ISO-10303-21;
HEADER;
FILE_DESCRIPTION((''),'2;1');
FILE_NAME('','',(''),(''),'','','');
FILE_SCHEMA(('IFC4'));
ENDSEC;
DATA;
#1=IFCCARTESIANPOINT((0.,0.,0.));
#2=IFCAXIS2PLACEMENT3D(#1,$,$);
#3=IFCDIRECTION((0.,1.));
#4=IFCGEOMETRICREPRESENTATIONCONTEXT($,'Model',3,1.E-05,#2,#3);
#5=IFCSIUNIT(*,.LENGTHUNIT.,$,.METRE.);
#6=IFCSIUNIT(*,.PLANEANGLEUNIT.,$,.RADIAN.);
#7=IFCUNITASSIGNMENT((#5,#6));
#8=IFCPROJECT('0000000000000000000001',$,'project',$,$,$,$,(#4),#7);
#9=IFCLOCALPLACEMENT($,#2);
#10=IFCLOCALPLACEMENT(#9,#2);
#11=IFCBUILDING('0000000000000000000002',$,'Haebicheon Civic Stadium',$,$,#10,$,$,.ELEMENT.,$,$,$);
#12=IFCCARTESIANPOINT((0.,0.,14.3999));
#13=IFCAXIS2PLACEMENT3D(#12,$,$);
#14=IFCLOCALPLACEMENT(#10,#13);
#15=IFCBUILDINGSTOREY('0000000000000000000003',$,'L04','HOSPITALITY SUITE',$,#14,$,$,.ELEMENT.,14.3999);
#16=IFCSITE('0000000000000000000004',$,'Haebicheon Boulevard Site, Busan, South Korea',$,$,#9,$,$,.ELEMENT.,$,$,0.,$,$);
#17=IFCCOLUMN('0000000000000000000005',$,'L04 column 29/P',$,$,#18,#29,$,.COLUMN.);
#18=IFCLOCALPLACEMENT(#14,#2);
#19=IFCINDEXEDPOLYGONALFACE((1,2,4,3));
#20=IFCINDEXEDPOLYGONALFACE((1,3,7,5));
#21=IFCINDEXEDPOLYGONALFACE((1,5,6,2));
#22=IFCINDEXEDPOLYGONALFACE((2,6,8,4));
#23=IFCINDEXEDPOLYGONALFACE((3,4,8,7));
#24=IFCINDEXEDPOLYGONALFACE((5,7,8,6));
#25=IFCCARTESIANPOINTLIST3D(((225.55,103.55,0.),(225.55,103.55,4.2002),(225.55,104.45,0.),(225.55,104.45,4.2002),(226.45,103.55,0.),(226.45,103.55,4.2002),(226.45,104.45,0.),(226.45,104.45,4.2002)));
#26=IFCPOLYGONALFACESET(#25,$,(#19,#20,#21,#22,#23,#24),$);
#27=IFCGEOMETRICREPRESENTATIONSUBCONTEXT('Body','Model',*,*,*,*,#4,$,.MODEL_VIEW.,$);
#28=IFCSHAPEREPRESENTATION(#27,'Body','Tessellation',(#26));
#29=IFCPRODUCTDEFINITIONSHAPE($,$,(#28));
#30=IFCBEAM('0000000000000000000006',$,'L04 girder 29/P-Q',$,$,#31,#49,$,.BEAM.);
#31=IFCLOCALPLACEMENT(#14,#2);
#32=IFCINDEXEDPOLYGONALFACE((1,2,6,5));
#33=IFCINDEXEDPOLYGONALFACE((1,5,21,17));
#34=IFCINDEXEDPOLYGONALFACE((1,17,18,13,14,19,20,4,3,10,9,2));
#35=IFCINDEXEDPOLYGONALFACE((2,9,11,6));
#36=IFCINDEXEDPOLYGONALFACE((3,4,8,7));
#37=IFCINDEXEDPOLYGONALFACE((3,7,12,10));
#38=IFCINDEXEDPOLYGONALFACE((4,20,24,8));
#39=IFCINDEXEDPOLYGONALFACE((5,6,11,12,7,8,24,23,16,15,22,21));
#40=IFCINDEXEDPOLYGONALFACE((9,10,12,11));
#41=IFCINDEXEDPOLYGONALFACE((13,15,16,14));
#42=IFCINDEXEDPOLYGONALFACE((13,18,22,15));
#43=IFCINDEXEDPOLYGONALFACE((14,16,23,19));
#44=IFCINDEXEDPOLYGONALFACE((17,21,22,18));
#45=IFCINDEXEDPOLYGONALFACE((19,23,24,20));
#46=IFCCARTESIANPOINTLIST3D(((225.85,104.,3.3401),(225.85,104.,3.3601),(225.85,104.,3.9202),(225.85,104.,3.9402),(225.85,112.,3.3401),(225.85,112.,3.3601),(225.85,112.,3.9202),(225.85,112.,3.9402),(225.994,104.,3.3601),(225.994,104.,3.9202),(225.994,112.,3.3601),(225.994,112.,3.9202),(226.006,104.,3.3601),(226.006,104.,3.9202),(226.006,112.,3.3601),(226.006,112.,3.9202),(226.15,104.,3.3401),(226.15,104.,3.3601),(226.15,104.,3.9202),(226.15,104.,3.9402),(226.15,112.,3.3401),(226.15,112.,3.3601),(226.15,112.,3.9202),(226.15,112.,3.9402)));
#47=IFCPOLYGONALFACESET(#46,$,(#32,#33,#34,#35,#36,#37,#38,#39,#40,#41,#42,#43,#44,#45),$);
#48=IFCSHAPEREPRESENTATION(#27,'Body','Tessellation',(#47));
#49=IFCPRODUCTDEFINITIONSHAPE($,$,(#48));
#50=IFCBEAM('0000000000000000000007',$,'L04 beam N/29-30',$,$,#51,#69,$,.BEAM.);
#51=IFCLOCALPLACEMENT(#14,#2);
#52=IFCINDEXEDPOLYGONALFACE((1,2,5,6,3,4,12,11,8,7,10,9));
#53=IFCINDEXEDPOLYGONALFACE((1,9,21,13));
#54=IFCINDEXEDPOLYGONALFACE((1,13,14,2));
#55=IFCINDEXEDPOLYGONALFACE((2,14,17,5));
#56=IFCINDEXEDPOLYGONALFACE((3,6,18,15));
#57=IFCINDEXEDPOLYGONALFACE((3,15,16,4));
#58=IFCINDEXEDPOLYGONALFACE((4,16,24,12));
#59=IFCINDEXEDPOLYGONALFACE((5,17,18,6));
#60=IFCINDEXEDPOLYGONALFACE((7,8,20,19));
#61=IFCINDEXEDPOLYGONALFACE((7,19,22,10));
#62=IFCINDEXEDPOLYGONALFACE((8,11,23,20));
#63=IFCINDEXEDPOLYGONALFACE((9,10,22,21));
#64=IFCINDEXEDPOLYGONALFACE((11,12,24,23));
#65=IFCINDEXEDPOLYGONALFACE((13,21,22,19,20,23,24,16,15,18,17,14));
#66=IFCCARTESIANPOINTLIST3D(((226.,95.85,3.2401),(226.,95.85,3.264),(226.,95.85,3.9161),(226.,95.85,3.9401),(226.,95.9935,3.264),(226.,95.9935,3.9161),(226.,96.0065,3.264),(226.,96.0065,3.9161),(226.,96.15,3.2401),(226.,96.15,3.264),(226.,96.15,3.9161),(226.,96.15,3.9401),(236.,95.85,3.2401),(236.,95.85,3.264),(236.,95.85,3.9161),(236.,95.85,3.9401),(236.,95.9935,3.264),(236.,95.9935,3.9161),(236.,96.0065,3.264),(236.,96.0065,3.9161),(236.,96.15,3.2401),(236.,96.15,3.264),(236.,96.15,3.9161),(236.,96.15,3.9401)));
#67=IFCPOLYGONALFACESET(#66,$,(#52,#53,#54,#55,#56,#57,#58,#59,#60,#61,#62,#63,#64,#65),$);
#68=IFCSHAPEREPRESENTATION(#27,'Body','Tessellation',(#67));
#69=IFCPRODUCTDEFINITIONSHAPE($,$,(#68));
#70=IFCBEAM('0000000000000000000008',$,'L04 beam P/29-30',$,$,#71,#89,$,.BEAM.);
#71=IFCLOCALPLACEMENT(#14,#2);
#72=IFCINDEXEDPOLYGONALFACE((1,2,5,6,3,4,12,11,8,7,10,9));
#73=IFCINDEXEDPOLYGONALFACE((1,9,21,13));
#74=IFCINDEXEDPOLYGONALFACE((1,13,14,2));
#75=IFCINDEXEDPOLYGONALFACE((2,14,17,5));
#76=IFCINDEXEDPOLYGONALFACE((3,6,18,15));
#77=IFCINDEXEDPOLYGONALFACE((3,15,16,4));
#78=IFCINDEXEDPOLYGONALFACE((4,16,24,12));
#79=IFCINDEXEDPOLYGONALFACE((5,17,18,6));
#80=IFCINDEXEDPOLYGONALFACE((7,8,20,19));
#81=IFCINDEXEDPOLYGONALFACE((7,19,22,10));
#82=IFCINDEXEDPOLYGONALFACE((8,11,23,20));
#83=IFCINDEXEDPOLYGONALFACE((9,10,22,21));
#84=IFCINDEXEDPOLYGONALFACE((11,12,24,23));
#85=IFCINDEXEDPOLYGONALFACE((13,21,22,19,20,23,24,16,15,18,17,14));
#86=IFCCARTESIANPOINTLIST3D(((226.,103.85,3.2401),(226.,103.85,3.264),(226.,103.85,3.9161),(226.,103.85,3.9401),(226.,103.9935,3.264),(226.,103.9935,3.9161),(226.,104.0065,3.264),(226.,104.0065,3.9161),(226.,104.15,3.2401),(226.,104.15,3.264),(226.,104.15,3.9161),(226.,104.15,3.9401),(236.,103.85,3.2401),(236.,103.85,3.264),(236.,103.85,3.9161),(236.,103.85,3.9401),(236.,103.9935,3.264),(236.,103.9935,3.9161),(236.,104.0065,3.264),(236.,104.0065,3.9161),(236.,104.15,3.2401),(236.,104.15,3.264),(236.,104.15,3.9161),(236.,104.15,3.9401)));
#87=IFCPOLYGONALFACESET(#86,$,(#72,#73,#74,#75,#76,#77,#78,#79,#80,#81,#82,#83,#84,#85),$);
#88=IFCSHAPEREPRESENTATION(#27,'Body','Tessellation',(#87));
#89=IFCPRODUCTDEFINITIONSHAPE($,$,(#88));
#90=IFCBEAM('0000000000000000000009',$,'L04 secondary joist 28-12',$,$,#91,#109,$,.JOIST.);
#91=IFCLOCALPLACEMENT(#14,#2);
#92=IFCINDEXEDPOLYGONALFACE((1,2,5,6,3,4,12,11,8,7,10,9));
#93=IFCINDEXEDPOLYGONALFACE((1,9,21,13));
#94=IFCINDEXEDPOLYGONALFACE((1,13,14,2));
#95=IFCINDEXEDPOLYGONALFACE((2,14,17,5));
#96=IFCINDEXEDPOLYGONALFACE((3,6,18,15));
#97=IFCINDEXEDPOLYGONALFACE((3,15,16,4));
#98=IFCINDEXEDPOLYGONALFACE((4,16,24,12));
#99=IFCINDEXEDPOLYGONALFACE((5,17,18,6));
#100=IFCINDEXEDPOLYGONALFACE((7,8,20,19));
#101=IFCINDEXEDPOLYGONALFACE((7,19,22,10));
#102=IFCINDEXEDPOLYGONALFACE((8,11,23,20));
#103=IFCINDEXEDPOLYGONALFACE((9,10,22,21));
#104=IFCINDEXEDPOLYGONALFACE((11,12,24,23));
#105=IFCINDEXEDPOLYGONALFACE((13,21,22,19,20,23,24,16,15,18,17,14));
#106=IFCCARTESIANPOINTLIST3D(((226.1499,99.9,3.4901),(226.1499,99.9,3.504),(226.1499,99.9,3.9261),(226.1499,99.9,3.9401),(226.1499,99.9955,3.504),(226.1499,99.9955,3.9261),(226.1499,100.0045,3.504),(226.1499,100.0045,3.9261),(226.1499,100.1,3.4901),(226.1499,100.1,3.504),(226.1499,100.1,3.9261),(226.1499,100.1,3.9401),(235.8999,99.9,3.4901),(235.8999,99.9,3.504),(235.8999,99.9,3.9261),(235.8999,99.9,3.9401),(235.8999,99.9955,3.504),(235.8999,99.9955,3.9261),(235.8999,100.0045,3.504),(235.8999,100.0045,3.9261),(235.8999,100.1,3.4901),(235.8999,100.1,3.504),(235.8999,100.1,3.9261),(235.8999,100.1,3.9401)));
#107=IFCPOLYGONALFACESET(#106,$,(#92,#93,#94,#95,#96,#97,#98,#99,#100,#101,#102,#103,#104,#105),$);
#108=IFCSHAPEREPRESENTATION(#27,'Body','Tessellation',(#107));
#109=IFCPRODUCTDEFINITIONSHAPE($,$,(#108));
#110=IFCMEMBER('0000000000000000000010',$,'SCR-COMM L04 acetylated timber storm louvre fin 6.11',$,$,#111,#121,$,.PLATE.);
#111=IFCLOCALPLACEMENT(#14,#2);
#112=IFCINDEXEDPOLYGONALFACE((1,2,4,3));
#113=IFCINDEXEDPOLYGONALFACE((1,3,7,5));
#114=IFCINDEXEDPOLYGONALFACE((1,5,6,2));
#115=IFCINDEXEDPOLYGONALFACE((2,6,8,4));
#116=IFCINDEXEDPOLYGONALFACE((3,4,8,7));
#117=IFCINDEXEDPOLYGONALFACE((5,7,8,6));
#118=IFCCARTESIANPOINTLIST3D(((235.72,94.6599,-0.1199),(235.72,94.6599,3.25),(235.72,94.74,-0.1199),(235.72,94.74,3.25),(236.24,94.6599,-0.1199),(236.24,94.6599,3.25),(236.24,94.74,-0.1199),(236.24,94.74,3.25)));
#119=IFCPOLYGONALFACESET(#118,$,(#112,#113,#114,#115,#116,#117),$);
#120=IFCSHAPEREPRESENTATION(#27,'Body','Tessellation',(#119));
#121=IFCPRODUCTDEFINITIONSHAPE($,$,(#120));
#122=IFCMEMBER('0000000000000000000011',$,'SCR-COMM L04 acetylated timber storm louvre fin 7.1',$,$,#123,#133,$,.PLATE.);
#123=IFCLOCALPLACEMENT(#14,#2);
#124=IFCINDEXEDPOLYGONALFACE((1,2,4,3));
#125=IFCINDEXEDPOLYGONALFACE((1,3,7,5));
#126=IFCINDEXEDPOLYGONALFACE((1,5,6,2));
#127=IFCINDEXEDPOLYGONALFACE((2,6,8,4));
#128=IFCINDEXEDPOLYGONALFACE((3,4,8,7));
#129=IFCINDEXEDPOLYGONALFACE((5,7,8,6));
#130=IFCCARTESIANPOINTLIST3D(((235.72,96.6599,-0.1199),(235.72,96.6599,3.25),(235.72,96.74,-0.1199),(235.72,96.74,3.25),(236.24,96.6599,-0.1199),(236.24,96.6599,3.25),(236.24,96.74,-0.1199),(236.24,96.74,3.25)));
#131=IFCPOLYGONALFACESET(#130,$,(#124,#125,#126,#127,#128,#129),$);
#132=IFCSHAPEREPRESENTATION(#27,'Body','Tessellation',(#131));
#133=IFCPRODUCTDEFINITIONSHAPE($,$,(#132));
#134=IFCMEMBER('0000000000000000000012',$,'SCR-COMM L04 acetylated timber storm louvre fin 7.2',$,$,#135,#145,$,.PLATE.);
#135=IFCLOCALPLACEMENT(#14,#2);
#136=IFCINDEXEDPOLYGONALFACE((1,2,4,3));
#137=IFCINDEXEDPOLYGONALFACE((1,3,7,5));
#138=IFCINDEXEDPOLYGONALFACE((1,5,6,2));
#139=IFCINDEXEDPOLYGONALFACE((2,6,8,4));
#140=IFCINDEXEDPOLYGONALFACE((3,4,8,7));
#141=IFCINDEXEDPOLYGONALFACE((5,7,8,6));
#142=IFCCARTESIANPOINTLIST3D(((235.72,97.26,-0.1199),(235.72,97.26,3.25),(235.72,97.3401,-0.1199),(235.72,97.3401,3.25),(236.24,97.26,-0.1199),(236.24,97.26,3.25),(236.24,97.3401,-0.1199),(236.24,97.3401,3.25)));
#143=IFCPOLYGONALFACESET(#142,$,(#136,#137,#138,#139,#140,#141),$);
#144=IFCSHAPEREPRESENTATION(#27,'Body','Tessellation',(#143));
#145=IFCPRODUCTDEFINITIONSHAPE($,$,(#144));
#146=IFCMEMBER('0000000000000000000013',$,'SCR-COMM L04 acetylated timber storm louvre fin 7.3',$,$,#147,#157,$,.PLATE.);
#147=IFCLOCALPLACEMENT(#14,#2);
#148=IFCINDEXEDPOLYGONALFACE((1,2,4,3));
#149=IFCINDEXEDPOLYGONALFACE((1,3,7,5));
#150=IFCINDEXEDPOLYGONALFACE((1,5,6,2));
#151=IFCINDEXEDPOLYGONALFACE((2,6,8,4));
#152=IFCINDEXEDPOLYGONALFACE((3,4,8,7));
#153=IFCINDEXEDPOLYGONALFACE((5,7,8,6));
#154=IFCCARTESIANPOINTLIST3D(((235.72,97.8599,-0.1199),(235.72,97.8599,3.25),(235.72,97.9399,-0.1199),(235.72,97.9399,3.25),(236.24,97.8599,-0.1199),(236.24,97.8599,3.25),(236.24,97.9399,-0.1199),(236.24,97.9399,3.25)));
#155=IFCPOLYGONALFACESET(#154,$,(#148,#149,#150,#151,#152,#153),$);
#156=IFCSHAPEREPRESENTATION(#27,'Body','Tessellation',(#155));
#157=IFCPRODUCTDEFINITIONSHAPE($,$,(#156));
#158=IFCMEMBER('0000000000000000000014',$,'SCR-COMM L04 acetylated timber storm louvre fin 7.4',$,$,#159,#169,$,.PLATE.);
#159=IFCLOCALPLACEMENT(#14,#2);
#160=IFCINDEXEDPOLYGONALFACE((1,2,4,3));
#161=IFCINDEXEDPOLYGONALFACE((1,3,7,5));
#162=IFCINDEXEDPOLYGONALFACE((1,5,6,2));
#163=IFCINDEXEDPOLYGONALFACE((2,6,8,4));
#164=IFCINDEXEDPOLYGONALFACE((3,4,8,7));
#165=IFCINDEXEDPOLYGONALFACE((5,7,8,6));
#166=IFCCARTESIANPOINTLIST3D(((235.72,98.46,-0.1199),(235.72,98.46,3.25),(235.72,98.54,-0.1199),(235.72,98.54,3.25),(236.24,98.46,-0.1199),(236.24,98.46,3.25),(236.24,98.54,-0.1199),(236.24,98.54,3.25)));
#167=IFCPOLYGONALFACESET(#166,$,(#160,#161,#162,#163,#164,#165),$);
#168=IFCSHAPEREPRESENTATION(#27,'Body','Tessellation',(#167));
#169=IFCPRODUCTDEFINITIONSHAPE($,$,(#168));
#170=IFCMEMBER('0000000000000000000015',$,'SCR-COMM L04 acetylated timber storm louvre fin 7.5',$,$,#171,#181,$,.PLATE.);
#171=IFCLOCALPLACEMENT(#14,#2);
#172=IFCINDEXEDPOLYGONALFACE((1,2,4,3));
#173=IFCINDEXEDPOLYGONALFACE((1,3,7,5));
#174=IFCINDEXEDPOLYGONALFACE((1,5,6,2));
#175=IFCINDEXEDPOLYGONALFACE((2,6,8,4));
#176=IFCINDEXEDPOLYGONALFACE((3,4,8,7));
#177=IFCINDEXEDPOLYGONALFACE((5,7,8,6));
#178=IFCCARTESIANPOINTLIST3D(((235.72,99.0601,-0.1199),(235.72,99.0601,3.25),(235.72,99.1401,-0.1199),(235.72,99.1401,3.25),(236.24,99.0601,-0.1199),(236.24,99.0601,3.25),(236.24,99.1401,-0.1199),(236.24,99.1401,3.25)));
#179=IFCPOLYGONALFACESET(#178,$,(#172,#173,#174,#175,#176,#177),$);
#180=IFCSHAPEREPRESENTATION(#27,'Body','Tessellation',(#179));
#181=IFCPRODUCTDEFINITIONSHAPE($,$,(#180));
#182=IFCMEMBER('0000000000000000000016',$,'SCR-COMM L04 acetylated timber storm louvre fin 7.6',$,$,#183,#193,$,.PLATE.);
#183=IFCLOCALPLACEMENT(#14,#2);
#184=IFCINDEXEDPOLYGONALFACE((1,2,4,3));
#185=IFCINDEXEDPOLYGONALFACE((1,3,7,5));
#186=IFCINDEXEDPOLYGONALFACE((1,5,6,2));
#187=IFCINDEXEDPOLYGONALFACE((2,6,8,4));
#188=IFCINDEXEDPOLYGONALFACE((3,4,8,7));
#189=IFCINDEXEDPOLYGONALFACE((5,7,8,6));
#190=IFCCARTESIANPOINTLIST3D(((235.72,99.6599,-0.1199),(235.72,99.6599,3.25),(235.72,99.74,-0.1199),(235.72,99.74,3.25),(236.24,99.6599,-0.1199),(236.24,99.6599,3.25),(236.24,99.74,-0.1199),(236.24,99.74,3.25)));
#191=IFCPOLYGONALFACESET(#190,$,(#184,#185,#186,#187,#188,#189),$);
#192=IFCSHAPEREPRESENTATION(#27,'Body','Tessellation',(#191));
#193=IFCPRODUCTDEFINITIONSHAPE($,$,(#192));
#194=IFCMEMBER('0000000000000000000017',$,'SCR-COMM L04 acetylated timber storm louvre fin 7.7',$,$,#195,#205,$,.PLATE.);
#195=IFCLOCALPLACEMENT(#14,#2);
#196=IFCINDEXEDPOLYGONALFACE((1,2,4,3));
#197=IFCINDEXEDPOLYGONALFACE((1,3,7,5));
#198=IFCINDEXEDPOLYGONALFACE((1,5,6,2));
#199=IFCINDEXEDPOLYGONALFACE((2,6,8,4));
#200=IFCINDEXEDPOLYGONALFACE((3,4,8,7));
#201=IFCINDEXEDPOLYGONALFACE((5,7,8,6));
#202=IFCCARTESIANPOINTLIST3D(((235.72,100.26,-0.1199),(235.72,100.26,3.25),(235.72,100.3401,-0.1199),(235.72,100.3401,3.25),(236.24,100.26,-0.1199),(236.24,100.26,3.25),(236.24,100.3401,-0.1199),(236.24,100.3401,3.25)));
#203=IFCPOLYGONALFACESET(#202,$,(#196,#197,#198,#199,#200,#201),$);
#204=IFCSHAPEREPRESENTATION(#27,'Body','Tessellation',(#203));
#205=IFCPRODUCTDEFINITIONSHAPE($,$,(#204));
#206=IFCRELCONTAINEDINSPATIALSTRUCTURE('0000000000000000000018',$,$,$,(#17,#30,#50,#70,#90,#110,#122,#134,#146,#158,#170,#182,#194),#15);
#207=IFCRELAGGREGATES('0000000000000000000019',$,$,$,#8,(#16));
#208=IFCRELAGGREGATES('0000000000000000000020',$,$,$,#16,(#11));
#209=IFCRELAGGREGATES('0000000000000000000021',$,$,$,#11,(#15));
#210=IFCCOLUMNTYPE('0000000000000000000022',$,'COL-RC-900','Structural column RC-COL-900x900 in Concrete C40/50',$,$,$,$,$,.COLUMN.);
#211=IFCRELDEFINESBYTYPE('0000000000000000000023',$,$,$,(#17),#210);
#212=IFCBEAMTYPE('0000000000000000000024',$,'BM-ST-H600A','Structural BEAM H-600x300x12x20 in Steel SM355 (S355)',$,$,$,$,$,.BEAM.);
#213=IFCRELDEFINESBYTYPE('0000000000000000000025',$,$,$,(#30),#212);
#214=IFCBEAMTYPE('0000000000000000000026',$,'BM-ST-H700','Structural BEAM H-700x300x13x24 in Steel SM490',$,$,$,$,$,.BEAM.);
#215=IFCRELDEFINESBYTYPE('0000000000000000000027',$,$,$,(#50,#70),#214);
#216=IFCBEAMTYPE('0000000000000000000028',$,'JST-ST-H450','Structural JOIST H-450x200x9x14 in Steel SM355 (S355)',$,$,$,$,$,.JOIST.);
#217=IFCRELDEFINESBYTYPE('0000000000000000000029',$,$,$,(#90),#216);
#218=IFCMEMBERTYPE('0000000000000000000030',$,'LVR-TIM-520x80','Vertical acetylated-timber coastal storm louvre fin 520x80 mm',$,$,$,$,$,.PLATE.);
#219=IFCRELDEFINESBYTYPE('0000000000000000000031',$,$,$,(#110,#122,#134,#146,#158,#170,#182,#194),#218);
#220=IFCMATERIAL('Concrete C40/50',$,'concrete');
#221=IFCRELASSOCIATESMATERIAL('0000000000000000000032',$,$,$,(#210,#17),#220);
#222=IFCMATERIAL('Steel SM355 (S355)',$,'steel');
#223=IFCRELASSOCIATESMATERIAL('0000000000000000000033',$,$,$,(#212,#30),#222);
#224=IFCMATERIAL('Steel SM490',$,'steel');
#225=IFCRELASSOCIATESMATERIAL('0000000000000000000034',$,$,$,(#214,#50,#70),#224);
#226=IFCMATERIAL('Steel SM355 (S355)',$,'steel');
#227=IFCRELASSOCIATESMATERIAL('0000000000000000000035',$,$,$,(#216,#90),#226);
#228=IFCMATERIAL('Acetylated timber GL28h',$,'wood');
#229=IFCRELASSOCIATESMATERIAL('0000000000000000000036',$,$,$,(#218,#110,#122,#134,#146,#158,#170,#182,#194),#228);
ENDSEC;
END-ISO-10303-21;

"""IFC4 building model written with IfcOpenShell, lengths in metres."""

from ifc_helpers import new_model, si_unit, direction, frame, origin, origin_2d, place, context, subcontext, project, spatial, rectangle, i_section, extrude, material, material_profile, profile_set, type_object, element, save


model = new_model("IFC4")

# Units and contexts
model_context = context("Model", 3, precision=1e-05, world=origin(), true_north=direction((0.0, 1.0)))
body_context = subcontext(model_context, "Body", "Model", "MODEL_VIEW")
ifc_project = project(units=[si_unit("LENGTHUNIT", "METRE"), si_unit("PLANEANGLEUNIT", "RADIAN")], contexts=[model_context])

# Site, building, storey
site_placement = place(None, origin())
site = spatial("IfcSite", under=ifc_project, at=site_placement, Name="Haebicheon Boulevard Site, Busan, South Korea", CompositionType="ELEMENT", RefElevation=0.0)
building_placement = place(site_placement, origin())
building = spatial("IfcBuilding", under=site, at=building_placement, Name="Haebicheon Civic Stadium", CompositionType="ELEMENT")
storey_placement = place(building_placement, frame((0.0, 0.0, 14.3999)))
storey = spatial("IfcBuildingStorey", under=building, at=storey_placement, Name="L04", Description="HOSPITALITY SUITE", CompositionType="ELEMENT", Elevation=14.3999)

# Column
ifc_material_1 = material(Name="Concrete C40/50", Category="concrete")
ifc_material_profile_1 = material_profile(ifc_material_1, rectangle(XDim=0.8999, YDim=0.8999, at=origin_2d()), Name="RC-COL-900x900")
ifc_profile_set_1 = profile_set([ifc_material_profile_1], Name="Concrete C40/50")
column_type = type_object("IfcColumnType", Name="COL-RC-900", Description="Structural column RC-COL-900x900 in Concrete C40/50", PredefinedType="COLUMN", material=ifc_profile_set_1)
column_placement = place(storey_placement, frame((226.0, 104.0, 0.0), z_axis=(0.0, 0.0, 1.0), x_axis=(1.0, 0.0, 0.0)))
element("IfcColumn", 1, at=column_placement, inside=storey, type_object=column_type, material=ifc_profile_set_1, Name="L04 column 29/P", PredefinedType="COLUMN", context=body_context, shape_type="SweptSolid", body=[
    extrude(rectangle(XDim=0.8999, YDim=0.8999, at=origin_2d()), origin(), (0.0, 0.0, 1.0), 4.2002),
])

# Beams
ifc_material_2 = material(Name="Steel SM355 (S355)", Category="steel")
ifc_material_profile_2 = material_profile(ifc_material_2, i_section(OverallWidth=0.3, OverallDepth=0.6001, WebThickness=0.012, FlangeThickness=0.02, at=origin_2d()), Name="H-600x300x12x20")
ifc_profile_set_2 = profile_set([ifc_material_profile_2], Name="Steel SM355 (S355)")
beam_type_1 = type_object("IfcBeamType", Name="BM-ST-H600A", Description="Structural BEAM H-600x300x12x20 in Steel SM355 (S355)", PredefinedType="BEAM", material=ifc_profile_set_2)
beam_1_placement = place(storey_placement, frame((226.0, 104.0, 3.6401), z_axis=(0.0, 1.0, 0.0), x_axis=(-1.0, 0.0, 0.0)))
element("IfcBeam", 2, at=beam_1_placement, inside=storey, type_object=beam_type_1, material=ifc_profile_set_2, Name="L04 girder 29/P-Q", PredefinedType="BEAM", context=body_context, shape_type="SweptSolid", body=[
    extrude(i_section(OverallWidth=0.3, OverallDepth=0.6001, WebThickness=0.012, FlangeThickness=0.02, at=origin_2d()), origin(), (0.0, 0.0, 1.0), 8.0),
])
ifc_material_3 = material(Name="Steel SM490", Category="steel")
ifc_material_profile_3 = material_profile(ifc_material_3, i_section(OverallWidth=0.3, OverallDepth=0.7, WebThickness=0.0129, FlangeThickness=0.0239, at=origin_2d()), Name="H-700x300x13x24")
ifc_profile_set_3 = profile_set([ifc_material_profile_3], Name="Steel SM490")
beam_type_2 = type_object("IfcBeamType", Name="BM-ST-H700", Description="Structural BEAM H-700x300x13x24 in Steel SM490", PredefinedType="BEAM", material=ifc_profile_set_3)
for number, where, z_axis, x_axis, name in (
    (3, (226.0, 96.0, 3.5901), (1.0, 0.0, 0.0), (0.0, 1.0, 0.0), "L04 beam N/29-30"),
    (4, (226.0, 104.0, 3.5901), (1.0, 0.0, 0.0), (0.0, 1.0, 0.0), "L04 beam P/29-30"),
):
    element("IfcBeam", number, at=place(storey_placement, frame(where, z_axis=z_axis, x_axis=x_axis)), inside=storey, type_object=beam_type_2, material=ifc_profile_set_3, Name=name, PredefinedType="BEAM", context=body_context, shape_type="SweptSolid", body=[
        extrude(i_section(OverallWidth=0.3, OverallDepth=0.7, WebThickness=0.0129, FlangeThickness=0.0239, at=origin_2d()), origin(), (0.0, 0.0, 1.0), 10.0),
    ])
ifc_material_4 = material(Name="Steel SM355 (S355)", Category="steel")
ifc_material_profile_4 = material_profile(ifc_material_4, i_section(OverallWidth=0.2, OverallDepth=0.45, WebThickness=0.009, FlangeThickness=0.0139, at=origin_2d()), Name="H-450x200x9x14")
ifc_profile_set_4 = profile_set([ifc_material_profile_4], Name="Steel SM355 (S355)")
beam_type_3 = type_object("IfcBeamType", Name="JST-ST-H450", Description="Structural JOIST H-450x200x9x14 in Steel SM355 (S355)", PredefinedType="JOIST", material=ifc_profile_set_4)
beam_2_placement = place(storey_placement, frame((226.1499, 100.0, 3.7151), z_axis=(1.0, 0.0, 0.0), x_axis=(0.0, 1.0, 0.0)))
element("IfcBeam", 5, at=beam_2_placement, inside=storey, type_object=beam_type_3, material=ifc_profile_set_4, Name="L04 secondary joist 28-12", PredefinedType="JOIST", context=body_context, shape_type="SweptSolid", body=[
    extrude(i_section(OverallWidth=0.2, OverallDepth=0.45, WebThickness=0.009, FlangeThickness=0.0139, at=origin_2d()), origin(), (0.0, 0.0, 1.0), 9.75),
])

# Members
ifc_material_5 = material(Name="Acetylated timber GL28h", Category="wood")
ifc_material_profile_5 = material_profile(ifc_material_5, rectangle(XDim=0.0801, YDim=0.52, at=origin_2d()), Name="TMB-LOUV-80x520")
ifc_profile_set_5 = profile_set([ifc_material_profile_5], Name="Acetylated timber GL28h")
member_type = type_object("IfcMemberType", Name="LVR-TIM-520x80", Description="Vertical acetylated-timber coastal storm louvre fin 520x80 mm", PredefinedType="PLATE", material=ifc_profile_set_5)
for number, where, z_axis, x_axis, name in (
    (6, (235.98, 94.7, -0.1199), (0.0, 0.0, 1.0), (0.0, 1.0, 0.0), "SCR-COMM L04 acetylated timber storm louvre fin 6.11"),
    (7, (235.98, 96.7, -0.1199), (0.0, 0.0, 1.0), (0.0, 1.0, 0.0), "SCR-COMM L04 acetylated timber storm louvre fin 7.1"),
    (8, (235.98, 97.3, -0.1199), (0.0, 0.0, 1.0), (0.0, 1.0, 0.0), "SCR-COMM L04 acetylated timber storm louvre fin 7.2"),
    (9, (235.98, 97.8999, -0.1199), (0.0, 0.0, 1.0), (0.0, 1.0, 0.0), "SCR-COMM L04 acetylated timber storm louvre fin 7.3"),
    (10, (235.98, 98.5, -0.1199), (0.0, 0.0, 1.0), (0.0, 1.0, 0.0), "SCR-COMM L04 acetylated timber storm louvre fin 7.4"),
    (11, (235.98, 99.1001, -0.1199), (0.0, 0.0, 1.0), (0.0, 1.0, 0.0), "SCR-COMM L04 acetylated timber storm louvre fin 7.5"),
    (12, (235.98, 99.7, -0.1199), (0.0, 0.0, 1.0), (0.0, 1.0, 0.0), "SCR-COMM L04 acetylated timber storm louvre fin 7.6"),
    (13, (235.98, 100.3, -0.1199), (0.0, 0.0, 1.0), (0.0, 1.0, 0.0), "SCR-COMM L04 acetylated timber storm louvre fin 7.7"),
):
    element("IfcMember", number, at=place(storey_placement, frame(where, z_axis=z_axis, x_axis=x_axis)), inside=storey, type_object=member_type, material=ifc_profile_set_5, Name=name, PredefinedType="PLATE", context=body_context, shape_type="SweptSolid", body=[
        extrude(rectangle(XDim=0.0801, YDim=0.52, at=origin_2d()), origin(), (0.0, 0.0, 1.0), 3.3699),
    ])

save(model, "model.ifc")
